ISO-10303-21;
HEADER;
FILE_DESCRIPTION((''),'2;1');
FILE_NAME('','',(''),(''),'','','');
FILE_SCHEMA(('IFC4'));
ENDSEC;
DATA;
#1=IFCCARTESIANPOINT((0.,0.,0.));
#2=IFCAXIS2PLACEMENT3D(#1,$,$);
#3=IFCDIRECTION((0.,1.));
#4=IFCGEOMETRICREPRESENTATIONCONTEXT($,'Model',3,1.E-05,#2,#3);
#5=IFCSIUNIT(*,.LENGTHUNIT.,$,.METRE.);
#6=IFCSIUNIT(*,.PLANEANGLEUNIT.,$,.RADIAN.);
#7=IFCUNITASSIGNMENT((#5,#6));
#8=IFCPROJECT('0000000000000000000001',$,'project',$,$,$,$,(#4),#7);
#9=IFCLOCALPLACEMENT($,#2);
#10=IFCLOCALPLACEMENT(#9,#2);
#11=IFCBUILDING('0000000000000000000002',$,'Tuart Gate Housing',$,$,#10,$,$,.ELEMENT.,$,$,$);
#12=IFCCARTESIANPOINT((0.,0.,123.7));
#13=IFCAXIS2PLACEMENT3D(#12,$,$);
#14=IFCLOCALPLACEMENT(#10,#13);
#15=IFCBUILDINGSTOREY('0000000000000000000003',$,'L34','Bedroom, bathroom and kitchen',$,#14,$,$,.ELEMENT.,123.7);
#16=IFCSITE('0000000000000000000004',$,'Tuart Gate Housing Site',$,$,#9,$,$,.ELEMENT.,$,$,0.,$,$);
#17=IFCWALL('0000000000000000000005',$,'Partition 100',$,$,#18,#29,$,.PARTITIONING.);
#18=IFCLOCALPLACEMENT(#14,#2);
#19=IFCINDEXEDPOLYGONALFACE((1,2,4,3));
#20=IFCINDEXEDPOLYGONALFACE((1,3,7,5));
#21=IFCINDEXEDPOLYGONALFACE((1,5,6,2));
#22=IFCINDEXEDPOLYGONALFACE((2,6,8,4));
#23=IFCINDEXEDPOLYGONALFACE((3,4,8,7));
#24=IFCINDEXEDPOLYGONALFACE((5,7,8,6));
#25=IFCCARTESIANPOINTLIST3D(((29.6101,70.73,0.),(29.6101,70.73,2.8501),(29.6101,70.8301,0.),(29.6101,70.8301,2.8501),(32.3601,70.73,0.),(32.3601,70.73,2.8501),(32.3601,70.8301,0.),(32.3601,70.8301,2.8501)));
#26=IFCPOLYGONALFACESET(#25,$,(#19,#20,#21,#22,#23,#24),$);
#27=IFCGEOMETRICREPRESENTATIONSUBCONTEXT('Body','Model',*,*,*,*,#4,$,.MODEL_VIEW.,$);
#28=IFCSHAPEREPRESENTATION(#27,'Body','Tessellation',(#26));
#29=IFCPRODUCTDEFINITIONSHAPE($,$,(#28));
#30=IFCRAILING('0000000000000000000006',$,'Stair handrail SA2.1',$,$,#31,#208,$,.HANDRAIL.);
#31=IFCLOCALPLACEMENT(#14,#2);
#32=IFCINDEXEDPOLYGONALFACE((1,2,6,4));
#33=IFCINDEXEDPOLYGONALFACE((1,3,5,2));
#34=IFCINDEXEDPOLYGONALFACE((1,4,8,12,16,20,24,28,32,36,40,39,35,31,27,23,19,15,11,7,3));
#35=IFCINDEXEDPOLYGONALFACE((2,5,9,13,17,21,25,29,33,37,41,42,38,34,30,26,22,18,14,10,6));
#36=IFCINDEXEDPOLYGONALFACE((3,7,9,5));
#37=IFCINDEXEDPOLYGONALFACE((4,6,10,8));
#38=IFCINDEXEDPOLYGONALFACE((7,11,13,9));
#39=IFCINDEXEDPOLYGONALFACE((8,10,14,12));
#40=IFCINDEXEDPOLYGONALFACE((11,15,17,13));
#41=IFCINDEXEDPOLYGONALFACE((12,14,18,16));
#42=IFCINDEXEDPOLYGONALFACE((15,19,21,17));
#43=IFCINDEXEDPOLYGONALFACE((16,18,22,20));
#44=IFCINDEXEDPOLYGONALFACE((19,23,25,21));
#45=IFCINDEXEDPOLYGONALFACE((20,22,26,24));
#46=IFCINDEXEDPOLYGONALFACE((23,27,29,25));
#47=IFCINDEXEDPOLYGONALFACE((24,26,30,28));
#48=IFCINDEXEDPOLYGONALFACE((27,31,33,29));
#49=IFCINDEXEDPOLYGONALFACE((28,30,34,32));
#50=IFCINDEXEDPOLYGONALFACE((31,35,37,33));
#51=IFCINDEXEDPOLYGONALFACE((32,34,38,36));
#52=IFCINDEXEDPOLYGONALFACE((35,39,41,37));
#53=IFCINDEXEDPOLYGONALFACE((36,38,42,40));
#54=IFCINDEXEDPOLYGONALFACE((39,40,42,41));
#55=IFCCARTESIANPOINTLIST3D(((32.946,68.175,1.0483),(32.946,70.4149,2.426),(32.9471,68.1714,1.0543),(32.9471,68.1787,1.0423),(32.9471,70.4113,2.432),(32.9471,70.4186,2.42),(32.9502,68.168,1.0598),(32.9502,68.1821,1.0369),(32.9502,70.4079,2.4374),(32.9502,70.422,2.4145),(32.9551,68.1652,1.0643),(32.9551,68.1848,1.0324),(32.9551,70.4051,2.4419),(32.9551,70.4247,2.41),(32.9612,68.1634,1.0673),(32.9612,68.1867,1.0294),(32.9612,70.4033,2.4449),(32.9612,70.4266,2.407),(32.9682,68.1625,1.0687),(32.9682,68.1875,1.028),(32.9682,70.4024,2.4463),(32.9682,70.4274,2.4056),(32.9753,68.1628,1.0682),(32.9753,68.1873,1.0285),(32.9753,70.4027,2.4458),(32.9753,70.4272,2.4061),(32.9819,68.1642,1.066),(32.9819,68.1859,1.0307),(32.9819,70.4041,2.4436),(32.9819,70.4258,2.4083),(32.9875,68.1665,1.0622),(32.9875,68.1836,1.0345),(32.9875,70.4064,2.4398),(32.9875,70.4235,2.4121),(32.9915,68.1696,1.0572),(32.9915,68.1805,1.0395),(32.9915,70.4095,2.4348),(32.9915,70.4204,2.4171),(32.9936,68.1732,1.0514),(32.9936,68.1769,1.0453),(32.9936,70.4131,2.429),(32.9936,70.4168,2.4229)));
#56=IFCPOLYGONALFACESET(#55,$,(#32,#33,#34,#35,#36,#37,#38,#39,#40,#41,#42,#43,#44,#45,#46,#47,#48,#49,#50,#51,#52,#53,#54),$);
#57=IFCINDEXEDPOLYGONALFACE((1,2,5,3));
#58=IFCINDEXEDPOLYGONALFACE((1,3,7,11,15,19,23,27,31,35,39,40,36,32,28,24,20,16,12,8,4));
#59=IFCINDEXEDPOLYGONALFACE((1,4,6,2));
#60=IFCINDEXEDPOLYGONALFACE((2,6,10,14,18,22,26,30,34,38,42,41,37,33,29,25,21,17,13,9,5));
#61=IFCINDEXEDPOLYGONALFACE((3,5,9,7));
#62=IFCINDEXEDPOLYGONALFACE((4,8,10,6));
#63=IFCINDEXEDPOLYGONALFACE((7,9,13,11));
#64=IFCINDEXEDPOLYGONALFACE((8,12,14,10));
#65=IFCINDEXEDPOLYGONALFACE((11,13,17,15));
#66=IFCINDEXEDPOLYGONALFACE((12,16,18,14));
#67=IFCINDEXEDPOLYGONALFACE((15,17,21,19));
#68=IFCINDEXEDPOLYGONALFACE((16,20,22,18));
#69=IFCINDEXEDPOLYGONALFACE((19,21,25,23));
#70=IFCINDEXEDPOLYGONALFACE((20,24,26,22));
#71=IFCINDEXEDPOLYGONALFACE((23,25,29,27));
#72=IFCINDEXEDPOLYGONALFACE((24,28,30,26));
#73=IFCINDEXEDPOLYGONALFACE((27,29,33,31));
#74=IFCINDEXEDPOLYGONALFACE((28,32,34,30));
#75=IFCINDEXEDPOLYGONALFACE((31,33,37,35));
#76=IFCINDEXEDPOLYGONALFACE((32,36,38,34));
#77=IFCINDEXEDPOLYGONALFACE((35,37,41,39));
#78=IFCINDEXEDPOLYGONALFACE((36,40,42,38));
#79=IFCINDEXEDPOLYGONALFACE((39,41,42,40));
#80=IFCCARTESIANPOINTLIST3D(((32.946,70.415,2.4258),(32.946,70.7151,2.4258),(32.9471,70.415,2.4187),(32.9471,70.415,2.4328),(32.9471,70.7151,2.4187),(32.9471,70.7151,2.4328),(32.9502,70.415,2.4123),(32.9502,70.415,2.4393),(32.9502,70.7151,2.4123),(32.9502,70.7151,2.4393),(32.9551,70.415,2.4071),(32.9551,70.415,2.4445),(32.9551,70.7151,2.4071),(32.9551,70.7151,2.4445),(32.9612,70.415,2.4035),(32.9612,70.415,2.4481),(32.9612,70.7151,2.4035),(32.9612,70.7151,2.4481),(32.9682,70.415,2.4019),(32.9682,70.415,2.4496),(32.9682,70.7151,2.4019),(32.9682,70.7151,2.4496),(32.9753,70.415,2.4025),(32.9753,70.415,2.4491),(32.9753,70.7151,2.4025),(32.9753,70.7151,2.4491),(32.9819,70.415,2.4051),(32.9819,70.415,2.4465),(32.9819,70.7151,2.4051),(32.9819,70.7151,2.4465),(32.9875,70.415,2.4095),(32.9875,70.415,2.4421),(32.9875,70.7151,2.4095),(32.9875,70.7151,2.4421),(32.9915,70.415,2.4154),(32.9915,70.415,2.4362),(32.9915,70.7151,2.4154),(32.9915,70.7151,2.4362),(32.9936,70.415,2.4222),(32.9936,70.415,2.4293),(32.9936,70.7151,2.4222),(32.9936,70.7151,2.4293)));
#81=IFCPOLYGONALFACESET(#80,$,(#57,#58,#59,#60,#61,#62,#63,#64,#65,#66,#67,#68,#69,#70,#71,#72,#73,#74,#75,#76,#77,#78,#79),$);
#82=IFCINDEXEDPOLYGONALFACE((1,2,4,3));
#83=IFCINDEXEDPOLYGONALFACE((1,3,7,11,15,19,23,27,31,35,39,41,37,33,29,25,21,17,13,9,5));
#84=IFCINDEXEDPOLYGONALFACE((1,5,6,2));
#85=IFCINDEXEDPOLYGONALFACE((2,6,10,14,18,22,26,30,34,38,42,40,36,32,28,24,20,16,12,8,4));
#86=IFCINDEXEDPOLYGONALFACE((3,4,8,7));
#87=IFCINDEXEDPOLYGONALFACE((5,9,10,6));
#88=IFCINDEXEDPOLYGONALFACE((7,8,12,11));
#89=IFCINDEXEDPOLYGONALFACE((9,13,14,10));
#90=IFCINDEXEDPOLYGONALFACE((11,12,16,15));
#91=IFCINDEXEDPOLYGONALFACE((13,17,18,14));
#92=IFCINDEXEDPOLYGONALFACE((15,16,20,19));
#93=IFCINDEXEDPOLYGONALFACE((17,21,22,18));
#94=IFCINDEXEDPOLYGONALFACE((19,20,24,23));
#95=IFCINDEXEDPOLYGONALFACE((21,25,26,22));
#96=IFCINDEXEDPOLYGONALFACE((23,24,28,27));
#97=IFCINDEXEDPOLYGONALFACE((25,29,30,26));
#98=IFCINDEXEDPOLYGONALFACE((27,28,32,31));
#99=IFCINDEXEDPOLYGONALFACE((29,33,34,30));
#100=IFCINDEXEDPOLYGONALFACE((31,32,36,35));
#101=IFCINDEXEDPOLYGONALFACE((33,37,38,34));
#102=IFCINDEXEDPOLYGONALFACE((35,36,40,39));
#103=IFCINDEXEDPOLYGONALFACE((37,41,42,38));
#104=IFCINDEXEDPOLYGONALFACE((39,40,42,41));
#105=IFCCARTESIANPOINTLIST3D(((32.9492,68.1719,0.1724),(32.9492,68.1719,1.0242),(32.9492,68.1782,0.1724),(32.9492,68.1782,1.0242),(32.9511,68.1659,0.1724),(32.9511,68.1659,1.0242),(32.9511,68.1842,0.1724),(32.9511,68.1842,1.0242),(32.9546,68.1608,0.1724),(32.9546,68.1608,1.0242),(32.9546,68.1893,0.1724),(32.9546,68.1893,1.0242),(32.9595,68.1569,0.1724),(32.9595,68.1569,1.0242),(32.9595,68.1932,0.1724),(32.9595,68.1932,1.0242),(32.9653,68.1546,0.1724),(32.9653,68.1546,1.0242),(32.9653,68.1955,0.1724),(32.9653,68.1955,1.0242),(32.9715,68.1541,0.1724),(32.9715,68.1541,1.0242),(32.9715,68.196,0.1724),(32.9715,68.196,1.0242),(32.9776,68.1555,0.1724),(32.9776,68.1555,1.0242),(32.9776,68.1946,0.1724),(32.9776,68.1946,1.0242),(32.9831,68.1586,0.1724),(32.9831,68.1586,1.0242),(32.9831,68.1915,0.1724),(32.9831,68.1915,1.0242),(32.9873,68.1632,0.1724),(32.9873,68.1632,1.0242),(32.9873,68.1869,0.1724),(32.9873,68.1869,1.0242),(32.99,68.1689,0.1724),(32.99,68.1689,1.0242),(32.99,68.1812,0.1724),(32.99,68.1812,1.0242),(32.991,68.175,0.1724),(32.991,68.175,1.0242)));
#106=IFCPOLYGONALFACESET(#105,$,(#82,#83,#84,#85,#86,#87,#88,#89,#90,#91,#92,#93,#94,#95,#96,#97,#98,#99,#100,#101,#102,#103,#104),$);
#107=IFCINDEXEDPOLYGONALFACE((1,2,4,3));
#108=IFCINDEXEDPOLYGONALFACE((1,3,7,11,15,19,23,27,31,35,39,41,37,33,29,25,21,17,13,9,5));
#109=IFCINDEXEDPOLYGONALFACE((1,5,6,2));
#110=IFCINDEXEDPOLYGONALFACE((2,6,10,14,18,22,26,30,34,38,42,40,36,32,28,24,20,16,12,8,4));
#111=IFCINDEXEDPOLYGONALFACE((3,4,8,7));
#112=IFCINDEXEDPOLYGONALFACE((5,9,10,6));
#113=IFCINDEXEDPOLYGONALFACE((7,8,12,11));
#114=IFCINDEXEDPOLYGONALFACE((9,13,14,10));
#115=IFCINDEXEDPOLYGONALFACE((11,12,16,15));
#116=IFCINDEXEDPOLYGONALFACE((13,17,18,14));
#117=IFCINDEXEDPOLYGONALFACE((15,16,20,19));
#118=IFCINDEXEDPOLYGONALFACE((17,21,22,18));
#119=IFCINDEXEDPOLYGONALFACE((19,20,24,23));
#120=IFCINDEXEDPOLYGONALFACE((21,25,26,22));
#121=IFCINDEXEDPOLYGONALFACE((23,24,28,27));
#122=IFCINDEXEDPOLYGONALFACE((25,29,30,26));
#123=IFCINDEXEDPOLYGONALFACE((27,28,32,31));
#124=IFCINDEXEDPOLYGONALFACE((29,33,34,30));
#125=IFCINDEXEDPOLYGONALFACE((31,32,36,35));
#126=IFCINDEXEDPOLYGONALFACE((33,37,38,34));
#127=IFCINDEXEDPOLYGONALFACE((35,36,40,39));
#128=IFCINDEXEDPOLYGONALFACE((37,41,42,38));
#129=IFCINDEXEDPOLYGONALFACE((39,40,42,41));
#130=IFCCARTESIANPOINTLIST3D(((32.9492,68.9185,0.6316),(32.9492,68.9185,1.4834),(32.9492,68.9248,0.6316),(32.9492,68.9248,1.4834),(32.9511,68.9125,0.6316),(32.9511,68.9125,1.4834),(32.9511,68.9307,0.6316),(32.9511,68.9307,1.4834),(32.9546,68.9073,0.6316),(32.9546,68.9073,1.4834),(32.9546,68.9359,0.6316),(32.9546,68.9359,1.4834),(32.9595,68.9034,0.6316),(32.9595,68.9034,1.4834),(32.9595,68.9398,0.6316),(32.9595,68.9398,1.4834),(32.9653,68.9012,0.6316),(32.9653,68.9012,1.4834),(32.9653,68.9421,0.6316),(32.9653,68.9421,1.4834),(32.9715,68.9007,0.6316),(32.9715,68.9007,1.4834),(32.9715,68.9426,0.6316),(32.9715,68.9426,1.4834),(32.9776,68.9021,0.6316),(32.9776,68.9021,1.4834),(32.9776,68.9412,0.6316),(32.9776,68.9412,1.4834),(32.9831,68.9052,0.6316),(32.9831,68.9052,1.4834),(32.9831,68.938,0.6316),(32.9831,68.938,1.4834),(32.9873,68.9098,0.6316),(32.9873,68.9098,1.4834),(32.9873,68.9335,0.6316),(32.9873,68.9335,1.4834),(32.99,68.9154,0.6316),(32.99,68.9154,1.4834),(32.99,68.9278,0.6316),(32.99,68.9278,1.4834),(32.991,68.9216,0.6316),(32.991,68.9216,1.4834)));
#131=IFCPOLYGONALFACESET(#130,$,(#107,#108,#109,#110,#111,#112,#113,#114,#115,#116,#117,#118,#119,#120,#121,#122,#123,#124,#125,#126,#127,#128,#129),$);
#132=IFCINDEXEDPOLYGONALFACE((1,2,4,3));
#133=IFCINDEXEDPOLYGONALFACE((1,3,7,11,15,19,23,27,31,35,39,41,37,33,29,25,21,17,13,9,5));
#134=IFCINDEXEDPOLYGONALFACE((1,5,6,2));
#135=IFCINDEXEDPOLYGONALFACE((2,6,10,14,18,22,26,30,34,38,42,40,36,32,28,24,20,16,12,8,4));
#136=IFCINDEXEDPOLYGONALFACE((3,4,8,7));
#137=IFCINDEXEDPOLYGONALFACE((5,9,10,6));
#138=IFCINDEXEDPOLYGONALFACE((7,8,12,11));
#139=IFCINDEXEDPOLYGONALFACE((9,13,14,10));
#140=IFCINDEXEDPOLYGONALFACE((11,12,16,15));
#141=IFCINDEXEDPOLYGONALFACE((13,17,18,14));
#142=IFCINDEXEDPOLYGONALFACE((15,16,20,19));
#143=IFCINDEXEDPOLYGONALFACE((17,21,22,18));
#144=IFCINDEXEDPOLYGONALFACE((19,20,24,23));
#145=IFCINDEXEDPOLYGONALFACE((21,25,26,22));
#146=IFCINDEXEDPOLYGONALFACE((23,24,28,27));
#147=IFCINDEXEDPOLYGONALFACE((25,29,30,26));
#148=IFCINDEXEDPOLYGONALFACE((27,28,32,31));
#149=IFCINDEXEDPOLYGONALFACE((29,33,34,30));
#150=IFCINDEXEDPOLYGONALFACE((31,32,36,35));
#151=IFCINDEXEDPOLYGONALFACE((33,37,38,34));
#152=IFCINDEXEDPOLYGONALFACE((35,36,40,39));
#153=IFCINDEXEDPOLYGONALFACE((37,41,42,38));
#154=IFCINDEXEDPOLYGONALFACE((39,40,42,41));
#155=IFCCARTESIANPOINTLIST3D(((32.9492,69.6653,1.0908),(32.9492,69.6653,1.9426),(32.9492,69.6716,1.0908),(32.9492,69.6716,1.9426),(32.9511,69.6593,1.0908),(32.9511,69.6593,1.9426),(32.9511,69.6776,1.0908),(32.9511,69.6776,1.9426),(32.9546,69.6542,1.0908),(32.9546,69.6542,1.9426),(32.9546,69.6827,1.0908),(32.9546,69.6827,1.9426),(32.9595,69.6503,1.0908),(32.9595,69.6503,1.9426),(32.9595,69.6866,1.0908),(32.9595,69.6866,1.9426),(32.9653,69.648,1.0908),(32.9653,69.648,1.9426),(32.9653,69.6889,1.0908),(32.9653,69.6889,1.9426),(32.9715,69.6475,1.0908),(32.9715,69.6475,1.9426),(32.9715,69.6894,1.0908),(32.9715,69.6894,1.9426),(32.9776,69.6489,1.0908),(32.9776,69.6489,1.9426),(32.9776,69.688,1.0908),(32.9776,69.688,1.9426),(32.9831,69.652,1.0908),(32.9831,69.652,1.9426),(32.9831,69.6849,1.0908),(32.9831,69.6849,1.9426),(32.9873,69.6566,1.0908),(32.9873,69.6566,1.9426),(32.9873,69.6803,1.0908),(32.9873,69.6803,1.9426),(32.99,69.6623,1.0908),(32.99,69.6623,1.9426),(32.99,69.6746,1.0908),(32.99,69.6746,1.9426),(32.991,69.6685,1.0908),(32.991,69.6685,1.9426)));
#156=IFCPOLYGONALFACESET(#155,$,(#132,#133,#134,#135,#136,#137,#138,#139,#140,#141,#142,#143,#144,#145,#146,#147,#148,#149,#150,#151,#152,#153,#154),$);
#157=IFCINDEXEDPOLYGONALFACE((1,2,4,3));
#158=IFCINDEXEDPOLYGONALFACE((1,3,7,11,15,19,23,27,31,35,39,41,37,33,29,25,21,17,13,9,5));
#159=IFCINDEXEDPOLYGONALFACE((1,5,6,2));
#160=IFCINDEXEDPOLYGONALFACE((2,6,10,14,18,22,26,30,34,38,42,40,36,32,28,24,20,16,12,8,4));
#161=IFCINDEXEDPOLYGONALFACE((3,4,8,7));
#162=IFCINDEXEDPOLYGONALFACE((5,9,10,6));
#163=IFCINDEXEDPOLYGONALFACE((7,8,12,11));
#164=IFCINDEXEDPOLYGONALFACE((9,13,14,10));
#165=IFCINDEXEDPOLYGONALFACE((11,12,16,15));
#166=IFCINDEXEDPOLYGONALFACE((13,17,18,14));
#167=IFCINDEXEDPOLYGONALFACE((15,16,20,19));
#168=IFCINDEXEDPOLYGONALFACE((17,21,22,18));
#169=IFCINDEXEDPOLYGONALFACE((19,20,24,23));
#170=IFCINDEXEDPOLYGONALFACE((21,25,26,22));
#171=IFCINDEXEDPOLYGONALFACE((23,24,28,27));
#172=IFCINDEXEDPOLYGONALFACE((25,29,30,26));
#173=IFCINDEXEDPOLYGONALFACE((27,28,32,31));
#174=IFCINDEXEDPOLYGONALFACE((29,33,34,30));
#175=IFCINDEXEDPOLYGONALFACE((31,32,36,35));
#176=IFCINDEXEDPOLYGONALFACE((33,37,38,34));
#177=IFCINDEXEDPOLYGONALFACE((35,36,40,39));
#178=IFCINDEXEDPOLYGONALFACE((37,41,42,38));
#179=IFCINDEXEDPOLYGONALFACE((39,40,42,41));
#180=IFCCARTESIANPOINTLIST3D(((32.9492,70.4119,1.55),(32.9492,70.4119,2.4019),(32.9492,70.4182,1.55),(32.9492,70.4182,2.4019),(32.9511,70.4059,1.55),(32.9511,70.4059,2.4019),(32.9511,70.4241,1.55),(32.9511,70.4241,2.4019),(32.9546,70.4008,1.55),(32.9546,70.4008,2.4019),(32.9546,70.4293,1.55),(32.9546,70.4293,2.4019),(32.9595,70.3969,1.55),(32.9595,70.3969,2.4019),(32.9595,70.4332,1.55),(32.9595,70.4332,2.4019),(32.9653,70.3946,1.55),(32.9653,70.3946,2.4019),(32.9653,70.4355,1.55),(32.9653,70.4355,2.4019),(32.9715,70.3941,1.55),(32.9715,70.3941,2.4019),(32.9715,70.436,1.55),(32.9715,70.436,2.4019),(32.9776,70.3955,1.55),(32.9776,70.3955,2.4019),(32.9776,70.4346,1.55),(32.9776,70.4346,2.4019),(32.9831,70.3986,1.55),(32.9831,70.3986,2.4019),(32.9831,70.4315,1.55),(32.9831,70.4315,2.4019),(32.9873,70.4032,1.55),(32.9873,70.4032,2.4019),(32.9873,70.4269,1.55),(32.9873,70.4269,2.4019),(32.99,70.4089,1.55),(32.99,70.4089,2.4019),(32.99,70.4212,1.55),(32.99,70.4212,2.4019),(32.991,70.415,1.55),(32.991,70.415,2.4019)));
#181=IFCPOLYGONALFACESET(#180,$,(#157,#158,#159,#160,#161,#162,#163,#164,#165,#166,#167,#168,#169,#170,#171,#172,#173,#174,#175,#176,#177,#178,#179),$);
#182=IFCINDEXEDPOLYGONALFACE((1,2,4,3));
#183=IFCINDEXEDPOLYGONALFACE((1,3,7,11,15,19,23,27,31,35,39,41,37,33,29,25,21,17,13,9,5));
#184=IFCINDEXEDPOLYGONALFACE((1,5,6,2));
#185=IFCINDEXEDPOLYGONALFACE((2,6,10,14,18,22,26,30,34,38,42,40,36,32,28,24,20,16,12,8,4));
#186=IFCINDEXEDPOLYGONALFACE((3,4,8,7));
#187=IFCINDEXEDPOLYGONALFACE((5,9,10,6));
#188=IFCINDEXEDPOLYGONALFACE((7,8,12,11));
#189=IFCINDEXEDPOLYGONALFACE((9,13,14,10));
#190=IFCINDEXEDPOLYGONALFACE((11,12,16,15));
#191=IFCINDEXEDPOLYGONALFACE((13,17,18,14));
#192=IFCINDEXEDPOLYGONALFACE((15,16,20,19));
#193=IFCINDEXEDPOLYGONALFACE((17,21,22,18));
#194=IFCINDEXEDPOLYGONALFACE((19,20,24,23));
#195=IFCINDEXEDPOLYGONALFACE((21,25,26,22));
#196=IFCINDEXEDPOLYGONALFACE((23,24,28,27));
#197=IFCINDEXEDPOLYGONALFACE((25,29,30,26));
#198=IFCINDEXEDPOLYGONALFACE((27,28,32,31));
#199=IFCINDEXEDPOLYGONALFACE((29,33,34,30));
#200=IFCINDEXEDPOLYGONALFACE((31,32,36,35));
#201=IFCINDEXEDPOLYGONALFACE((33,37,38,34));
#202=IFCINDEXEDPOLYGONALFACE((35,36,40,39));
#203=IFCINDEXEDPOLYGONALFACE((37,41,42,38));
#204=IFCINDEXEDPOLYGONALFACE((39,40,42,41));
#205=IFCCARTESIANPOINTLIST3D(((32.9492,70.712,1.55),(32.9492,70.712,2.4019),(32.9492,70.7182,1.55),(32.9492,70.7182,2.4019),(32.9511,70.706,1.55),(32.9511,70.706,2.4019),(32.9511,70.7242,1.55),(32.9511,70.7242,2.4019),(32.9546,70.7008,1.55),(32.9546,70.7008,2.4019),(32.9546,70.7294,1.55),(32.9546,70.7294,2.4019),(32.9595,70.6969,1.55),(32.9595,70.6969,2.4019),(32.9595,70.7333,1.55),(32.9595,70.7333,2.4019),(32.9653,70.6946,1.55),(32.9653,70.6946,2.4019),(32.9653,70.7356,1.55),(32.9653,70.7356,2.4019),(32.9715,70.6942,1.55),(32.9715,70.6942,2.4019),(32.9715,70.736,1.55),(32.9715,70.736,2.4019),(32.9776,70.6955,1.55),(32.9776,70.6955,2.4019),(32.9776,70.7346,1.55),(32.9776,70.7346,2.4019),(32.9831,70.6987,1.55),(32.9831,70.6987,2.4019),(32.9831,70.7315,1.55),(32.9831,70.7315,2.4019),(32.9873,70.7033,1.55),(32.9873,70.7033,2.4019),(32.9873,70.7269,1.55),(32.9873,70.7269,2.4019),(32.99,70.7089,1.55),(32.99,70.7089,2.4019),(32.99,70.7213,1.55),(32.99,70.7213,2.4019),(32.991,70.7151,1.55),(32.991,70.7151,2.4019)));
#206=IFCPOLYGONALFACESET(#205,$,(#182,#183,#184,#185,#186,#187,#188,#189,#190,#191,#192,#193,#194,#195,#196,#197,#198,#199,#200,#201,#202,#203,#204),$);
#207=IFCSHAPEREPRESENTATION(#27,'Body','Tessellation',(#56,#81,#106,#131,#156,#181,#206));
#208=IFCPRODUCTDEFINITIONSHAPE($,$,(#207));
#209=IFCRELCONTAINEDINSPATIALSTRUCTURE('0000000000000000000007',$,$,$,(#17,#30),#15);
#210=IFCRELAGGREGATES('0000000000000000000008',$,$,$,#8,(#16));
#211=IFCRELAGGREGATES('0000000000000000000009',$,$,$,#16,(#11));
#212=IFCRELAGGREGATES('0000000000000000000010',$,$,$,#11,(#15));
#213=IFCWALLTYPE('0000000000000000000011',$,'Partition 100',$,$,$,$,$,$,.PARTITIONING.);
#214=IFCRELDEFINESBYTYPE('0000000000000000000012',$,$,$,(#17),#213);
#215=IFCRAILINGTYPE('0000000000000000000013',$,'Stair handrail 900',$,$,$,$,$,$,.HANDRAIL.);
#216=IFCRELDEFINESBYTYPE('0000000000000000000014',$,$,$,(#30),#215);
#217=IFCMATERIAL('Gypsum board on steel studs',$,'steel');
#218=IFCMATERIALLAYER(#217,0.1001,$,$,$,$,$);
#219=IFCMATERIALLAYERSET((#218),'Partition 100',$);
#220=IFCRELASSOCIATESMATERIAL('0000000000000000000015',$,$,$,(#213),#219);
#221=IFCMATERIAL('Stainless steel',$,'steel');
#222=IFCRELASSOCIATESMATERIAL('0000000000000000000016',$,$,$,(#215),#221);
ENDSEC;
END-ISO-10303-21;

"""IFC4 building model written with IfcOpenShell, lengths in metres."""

from ifc_helpers import new_model, si_unit, direction, frame, frame_2d, origin, origin_2d, place, context, subcontext, project, spatial, rectangle, circle, extrude, material, layer, layer_set, type_object, element, save


model = new_model("IFC4")

# Units and contexts
model_context = context("Model", 3, precision=1e-05, world=origin(), true_north=direction((0.0, 1.0)))
body_context = subcontext(model_context, "Body", "Model", "MODEL_VIEW")
ifc_project = project(units=[si_unit("LENGTHUNIT", "METRE"), si_unit("PLANEANGLEUNIT", "RADIAN")], contexts=[model_context])

# Site, building, storey
site_placement = place(None, origin())
site = spatial("IfcSite", under=ifc_project, at=site_placement, Name="Tuart Gate Housing Site", CompositionType="ELEMENT", RefElevation=0.0)
building_placement = place(site_placement, origin())
building = spatial("IfcBuilding", under=site, at=building_placement, Name="Tuart Gate Housing", CompositionType="ELEMENT")
storey_placement = place(building_placement, frame((0.0, 0.0, 123.7)))
storey = spatial("IfcBuildingStorey", under=building, at=storey_placement, Name="L34", Description="Bedroom, bathroom and kitchen", CompositionType="ELEMENT", Elevation=123.7)

# Wall
ifc_material_1 = material(Name="Gypsum board on steel studs", Category="steel")
ifc_layer_1 = layer(ifc_material_1, 0.1001)
ifc_layer_set_1 = layer_set([ifc_layer_1], Name="Partition 100")
wall_type_1 = type_object("IfcWallType", Name="Partition 100", PredefinedType="PARTITIONING", material=ifc_layer_set_1)
wall_1_placement = place(storey_placement, frame((29.6101, 70.78, 0.0), z_axis=(0.0, 0.0, 1.0), x_axis=(1.0, 0.0, 0.0)))
element("IfcWall", 1, at=wall_1_placement, inside=storey, type_object=wall_type_1, Name="Partition 100", PredefinedType="PARTITIONING", context=body_context, shape_type="SweptSolid", body=[
    extrude(rectangle(XDim=2.75, YDim=0.1001, at=frame_2d((1.375, 0.0))), origin(), (0.0, 0.0, 1.0), 2.8501),
])

# Railing
ifc_material_2 = material(Name="Stainless steel", Category="steel")
railing_type = type_object("IfcRailingType", Name="Stair handrail 900", PredefinedType="HANDRAIL", material=ifc_material_2)
railing_placement = place(storey_placement, frame((32.97, 68.175, 0.1724)))
element("IfcRailing", 2, at=railing_placement, inside=storey, type_object=railing_type, Name="Stair handrail SA2.1", PredefinedType="HANDRAIL", context=body_context, shape_type="SweptSolid", body=[
    extrude(circle(Radius=0.0239, at=origin_2d()), frame((0.0, 0.0, 0.876), z_axis=(0.0, 0.851789, 0.523885), x_axis=(-1.0, 0.0, 0.0)), (0.0, 0.0, 1.0), 2.6296),
    extrude(circle(Radius=0.0239, at=origin_2d()), frame((0.0, 2.24, 2.2534), z_axis=(0.0, 1.0, 0.0), x_axis=(-1.0, 0.0, 0.0)), (0.0, 0.0, 1.0), 0.3),
    extrude(circle(Radius=0.021, at=origin_2d()), origin(), (0.0, 0.0, 1.0), 0.8518),
    extrude(circle(Radius=0.021, at=origin_2d()), frame((0.0, 0.7466, 0.4592)), (0.0, 0.0, 1.0), 0.8518),
    extrude(circle(Radius=0.021, at=origin_2d()), frame((0.0, 1.4934, 0.9185)), (0.0, 0.0, 1.0), 0.8518),
    extrude(circle(Radius=0.021, at=origin_2d()), frame((0.0, 2.24, 1.3777)), (0.0, 0.0, 1.0), 0.8518),
    extrude(circle(Radius=0.021, at=origin_2d()), frame((0.0, 2.54, 1.3777)), (0.0, 0.0, 1.0), 0.8518),
])

save(model, "model.ifc")
